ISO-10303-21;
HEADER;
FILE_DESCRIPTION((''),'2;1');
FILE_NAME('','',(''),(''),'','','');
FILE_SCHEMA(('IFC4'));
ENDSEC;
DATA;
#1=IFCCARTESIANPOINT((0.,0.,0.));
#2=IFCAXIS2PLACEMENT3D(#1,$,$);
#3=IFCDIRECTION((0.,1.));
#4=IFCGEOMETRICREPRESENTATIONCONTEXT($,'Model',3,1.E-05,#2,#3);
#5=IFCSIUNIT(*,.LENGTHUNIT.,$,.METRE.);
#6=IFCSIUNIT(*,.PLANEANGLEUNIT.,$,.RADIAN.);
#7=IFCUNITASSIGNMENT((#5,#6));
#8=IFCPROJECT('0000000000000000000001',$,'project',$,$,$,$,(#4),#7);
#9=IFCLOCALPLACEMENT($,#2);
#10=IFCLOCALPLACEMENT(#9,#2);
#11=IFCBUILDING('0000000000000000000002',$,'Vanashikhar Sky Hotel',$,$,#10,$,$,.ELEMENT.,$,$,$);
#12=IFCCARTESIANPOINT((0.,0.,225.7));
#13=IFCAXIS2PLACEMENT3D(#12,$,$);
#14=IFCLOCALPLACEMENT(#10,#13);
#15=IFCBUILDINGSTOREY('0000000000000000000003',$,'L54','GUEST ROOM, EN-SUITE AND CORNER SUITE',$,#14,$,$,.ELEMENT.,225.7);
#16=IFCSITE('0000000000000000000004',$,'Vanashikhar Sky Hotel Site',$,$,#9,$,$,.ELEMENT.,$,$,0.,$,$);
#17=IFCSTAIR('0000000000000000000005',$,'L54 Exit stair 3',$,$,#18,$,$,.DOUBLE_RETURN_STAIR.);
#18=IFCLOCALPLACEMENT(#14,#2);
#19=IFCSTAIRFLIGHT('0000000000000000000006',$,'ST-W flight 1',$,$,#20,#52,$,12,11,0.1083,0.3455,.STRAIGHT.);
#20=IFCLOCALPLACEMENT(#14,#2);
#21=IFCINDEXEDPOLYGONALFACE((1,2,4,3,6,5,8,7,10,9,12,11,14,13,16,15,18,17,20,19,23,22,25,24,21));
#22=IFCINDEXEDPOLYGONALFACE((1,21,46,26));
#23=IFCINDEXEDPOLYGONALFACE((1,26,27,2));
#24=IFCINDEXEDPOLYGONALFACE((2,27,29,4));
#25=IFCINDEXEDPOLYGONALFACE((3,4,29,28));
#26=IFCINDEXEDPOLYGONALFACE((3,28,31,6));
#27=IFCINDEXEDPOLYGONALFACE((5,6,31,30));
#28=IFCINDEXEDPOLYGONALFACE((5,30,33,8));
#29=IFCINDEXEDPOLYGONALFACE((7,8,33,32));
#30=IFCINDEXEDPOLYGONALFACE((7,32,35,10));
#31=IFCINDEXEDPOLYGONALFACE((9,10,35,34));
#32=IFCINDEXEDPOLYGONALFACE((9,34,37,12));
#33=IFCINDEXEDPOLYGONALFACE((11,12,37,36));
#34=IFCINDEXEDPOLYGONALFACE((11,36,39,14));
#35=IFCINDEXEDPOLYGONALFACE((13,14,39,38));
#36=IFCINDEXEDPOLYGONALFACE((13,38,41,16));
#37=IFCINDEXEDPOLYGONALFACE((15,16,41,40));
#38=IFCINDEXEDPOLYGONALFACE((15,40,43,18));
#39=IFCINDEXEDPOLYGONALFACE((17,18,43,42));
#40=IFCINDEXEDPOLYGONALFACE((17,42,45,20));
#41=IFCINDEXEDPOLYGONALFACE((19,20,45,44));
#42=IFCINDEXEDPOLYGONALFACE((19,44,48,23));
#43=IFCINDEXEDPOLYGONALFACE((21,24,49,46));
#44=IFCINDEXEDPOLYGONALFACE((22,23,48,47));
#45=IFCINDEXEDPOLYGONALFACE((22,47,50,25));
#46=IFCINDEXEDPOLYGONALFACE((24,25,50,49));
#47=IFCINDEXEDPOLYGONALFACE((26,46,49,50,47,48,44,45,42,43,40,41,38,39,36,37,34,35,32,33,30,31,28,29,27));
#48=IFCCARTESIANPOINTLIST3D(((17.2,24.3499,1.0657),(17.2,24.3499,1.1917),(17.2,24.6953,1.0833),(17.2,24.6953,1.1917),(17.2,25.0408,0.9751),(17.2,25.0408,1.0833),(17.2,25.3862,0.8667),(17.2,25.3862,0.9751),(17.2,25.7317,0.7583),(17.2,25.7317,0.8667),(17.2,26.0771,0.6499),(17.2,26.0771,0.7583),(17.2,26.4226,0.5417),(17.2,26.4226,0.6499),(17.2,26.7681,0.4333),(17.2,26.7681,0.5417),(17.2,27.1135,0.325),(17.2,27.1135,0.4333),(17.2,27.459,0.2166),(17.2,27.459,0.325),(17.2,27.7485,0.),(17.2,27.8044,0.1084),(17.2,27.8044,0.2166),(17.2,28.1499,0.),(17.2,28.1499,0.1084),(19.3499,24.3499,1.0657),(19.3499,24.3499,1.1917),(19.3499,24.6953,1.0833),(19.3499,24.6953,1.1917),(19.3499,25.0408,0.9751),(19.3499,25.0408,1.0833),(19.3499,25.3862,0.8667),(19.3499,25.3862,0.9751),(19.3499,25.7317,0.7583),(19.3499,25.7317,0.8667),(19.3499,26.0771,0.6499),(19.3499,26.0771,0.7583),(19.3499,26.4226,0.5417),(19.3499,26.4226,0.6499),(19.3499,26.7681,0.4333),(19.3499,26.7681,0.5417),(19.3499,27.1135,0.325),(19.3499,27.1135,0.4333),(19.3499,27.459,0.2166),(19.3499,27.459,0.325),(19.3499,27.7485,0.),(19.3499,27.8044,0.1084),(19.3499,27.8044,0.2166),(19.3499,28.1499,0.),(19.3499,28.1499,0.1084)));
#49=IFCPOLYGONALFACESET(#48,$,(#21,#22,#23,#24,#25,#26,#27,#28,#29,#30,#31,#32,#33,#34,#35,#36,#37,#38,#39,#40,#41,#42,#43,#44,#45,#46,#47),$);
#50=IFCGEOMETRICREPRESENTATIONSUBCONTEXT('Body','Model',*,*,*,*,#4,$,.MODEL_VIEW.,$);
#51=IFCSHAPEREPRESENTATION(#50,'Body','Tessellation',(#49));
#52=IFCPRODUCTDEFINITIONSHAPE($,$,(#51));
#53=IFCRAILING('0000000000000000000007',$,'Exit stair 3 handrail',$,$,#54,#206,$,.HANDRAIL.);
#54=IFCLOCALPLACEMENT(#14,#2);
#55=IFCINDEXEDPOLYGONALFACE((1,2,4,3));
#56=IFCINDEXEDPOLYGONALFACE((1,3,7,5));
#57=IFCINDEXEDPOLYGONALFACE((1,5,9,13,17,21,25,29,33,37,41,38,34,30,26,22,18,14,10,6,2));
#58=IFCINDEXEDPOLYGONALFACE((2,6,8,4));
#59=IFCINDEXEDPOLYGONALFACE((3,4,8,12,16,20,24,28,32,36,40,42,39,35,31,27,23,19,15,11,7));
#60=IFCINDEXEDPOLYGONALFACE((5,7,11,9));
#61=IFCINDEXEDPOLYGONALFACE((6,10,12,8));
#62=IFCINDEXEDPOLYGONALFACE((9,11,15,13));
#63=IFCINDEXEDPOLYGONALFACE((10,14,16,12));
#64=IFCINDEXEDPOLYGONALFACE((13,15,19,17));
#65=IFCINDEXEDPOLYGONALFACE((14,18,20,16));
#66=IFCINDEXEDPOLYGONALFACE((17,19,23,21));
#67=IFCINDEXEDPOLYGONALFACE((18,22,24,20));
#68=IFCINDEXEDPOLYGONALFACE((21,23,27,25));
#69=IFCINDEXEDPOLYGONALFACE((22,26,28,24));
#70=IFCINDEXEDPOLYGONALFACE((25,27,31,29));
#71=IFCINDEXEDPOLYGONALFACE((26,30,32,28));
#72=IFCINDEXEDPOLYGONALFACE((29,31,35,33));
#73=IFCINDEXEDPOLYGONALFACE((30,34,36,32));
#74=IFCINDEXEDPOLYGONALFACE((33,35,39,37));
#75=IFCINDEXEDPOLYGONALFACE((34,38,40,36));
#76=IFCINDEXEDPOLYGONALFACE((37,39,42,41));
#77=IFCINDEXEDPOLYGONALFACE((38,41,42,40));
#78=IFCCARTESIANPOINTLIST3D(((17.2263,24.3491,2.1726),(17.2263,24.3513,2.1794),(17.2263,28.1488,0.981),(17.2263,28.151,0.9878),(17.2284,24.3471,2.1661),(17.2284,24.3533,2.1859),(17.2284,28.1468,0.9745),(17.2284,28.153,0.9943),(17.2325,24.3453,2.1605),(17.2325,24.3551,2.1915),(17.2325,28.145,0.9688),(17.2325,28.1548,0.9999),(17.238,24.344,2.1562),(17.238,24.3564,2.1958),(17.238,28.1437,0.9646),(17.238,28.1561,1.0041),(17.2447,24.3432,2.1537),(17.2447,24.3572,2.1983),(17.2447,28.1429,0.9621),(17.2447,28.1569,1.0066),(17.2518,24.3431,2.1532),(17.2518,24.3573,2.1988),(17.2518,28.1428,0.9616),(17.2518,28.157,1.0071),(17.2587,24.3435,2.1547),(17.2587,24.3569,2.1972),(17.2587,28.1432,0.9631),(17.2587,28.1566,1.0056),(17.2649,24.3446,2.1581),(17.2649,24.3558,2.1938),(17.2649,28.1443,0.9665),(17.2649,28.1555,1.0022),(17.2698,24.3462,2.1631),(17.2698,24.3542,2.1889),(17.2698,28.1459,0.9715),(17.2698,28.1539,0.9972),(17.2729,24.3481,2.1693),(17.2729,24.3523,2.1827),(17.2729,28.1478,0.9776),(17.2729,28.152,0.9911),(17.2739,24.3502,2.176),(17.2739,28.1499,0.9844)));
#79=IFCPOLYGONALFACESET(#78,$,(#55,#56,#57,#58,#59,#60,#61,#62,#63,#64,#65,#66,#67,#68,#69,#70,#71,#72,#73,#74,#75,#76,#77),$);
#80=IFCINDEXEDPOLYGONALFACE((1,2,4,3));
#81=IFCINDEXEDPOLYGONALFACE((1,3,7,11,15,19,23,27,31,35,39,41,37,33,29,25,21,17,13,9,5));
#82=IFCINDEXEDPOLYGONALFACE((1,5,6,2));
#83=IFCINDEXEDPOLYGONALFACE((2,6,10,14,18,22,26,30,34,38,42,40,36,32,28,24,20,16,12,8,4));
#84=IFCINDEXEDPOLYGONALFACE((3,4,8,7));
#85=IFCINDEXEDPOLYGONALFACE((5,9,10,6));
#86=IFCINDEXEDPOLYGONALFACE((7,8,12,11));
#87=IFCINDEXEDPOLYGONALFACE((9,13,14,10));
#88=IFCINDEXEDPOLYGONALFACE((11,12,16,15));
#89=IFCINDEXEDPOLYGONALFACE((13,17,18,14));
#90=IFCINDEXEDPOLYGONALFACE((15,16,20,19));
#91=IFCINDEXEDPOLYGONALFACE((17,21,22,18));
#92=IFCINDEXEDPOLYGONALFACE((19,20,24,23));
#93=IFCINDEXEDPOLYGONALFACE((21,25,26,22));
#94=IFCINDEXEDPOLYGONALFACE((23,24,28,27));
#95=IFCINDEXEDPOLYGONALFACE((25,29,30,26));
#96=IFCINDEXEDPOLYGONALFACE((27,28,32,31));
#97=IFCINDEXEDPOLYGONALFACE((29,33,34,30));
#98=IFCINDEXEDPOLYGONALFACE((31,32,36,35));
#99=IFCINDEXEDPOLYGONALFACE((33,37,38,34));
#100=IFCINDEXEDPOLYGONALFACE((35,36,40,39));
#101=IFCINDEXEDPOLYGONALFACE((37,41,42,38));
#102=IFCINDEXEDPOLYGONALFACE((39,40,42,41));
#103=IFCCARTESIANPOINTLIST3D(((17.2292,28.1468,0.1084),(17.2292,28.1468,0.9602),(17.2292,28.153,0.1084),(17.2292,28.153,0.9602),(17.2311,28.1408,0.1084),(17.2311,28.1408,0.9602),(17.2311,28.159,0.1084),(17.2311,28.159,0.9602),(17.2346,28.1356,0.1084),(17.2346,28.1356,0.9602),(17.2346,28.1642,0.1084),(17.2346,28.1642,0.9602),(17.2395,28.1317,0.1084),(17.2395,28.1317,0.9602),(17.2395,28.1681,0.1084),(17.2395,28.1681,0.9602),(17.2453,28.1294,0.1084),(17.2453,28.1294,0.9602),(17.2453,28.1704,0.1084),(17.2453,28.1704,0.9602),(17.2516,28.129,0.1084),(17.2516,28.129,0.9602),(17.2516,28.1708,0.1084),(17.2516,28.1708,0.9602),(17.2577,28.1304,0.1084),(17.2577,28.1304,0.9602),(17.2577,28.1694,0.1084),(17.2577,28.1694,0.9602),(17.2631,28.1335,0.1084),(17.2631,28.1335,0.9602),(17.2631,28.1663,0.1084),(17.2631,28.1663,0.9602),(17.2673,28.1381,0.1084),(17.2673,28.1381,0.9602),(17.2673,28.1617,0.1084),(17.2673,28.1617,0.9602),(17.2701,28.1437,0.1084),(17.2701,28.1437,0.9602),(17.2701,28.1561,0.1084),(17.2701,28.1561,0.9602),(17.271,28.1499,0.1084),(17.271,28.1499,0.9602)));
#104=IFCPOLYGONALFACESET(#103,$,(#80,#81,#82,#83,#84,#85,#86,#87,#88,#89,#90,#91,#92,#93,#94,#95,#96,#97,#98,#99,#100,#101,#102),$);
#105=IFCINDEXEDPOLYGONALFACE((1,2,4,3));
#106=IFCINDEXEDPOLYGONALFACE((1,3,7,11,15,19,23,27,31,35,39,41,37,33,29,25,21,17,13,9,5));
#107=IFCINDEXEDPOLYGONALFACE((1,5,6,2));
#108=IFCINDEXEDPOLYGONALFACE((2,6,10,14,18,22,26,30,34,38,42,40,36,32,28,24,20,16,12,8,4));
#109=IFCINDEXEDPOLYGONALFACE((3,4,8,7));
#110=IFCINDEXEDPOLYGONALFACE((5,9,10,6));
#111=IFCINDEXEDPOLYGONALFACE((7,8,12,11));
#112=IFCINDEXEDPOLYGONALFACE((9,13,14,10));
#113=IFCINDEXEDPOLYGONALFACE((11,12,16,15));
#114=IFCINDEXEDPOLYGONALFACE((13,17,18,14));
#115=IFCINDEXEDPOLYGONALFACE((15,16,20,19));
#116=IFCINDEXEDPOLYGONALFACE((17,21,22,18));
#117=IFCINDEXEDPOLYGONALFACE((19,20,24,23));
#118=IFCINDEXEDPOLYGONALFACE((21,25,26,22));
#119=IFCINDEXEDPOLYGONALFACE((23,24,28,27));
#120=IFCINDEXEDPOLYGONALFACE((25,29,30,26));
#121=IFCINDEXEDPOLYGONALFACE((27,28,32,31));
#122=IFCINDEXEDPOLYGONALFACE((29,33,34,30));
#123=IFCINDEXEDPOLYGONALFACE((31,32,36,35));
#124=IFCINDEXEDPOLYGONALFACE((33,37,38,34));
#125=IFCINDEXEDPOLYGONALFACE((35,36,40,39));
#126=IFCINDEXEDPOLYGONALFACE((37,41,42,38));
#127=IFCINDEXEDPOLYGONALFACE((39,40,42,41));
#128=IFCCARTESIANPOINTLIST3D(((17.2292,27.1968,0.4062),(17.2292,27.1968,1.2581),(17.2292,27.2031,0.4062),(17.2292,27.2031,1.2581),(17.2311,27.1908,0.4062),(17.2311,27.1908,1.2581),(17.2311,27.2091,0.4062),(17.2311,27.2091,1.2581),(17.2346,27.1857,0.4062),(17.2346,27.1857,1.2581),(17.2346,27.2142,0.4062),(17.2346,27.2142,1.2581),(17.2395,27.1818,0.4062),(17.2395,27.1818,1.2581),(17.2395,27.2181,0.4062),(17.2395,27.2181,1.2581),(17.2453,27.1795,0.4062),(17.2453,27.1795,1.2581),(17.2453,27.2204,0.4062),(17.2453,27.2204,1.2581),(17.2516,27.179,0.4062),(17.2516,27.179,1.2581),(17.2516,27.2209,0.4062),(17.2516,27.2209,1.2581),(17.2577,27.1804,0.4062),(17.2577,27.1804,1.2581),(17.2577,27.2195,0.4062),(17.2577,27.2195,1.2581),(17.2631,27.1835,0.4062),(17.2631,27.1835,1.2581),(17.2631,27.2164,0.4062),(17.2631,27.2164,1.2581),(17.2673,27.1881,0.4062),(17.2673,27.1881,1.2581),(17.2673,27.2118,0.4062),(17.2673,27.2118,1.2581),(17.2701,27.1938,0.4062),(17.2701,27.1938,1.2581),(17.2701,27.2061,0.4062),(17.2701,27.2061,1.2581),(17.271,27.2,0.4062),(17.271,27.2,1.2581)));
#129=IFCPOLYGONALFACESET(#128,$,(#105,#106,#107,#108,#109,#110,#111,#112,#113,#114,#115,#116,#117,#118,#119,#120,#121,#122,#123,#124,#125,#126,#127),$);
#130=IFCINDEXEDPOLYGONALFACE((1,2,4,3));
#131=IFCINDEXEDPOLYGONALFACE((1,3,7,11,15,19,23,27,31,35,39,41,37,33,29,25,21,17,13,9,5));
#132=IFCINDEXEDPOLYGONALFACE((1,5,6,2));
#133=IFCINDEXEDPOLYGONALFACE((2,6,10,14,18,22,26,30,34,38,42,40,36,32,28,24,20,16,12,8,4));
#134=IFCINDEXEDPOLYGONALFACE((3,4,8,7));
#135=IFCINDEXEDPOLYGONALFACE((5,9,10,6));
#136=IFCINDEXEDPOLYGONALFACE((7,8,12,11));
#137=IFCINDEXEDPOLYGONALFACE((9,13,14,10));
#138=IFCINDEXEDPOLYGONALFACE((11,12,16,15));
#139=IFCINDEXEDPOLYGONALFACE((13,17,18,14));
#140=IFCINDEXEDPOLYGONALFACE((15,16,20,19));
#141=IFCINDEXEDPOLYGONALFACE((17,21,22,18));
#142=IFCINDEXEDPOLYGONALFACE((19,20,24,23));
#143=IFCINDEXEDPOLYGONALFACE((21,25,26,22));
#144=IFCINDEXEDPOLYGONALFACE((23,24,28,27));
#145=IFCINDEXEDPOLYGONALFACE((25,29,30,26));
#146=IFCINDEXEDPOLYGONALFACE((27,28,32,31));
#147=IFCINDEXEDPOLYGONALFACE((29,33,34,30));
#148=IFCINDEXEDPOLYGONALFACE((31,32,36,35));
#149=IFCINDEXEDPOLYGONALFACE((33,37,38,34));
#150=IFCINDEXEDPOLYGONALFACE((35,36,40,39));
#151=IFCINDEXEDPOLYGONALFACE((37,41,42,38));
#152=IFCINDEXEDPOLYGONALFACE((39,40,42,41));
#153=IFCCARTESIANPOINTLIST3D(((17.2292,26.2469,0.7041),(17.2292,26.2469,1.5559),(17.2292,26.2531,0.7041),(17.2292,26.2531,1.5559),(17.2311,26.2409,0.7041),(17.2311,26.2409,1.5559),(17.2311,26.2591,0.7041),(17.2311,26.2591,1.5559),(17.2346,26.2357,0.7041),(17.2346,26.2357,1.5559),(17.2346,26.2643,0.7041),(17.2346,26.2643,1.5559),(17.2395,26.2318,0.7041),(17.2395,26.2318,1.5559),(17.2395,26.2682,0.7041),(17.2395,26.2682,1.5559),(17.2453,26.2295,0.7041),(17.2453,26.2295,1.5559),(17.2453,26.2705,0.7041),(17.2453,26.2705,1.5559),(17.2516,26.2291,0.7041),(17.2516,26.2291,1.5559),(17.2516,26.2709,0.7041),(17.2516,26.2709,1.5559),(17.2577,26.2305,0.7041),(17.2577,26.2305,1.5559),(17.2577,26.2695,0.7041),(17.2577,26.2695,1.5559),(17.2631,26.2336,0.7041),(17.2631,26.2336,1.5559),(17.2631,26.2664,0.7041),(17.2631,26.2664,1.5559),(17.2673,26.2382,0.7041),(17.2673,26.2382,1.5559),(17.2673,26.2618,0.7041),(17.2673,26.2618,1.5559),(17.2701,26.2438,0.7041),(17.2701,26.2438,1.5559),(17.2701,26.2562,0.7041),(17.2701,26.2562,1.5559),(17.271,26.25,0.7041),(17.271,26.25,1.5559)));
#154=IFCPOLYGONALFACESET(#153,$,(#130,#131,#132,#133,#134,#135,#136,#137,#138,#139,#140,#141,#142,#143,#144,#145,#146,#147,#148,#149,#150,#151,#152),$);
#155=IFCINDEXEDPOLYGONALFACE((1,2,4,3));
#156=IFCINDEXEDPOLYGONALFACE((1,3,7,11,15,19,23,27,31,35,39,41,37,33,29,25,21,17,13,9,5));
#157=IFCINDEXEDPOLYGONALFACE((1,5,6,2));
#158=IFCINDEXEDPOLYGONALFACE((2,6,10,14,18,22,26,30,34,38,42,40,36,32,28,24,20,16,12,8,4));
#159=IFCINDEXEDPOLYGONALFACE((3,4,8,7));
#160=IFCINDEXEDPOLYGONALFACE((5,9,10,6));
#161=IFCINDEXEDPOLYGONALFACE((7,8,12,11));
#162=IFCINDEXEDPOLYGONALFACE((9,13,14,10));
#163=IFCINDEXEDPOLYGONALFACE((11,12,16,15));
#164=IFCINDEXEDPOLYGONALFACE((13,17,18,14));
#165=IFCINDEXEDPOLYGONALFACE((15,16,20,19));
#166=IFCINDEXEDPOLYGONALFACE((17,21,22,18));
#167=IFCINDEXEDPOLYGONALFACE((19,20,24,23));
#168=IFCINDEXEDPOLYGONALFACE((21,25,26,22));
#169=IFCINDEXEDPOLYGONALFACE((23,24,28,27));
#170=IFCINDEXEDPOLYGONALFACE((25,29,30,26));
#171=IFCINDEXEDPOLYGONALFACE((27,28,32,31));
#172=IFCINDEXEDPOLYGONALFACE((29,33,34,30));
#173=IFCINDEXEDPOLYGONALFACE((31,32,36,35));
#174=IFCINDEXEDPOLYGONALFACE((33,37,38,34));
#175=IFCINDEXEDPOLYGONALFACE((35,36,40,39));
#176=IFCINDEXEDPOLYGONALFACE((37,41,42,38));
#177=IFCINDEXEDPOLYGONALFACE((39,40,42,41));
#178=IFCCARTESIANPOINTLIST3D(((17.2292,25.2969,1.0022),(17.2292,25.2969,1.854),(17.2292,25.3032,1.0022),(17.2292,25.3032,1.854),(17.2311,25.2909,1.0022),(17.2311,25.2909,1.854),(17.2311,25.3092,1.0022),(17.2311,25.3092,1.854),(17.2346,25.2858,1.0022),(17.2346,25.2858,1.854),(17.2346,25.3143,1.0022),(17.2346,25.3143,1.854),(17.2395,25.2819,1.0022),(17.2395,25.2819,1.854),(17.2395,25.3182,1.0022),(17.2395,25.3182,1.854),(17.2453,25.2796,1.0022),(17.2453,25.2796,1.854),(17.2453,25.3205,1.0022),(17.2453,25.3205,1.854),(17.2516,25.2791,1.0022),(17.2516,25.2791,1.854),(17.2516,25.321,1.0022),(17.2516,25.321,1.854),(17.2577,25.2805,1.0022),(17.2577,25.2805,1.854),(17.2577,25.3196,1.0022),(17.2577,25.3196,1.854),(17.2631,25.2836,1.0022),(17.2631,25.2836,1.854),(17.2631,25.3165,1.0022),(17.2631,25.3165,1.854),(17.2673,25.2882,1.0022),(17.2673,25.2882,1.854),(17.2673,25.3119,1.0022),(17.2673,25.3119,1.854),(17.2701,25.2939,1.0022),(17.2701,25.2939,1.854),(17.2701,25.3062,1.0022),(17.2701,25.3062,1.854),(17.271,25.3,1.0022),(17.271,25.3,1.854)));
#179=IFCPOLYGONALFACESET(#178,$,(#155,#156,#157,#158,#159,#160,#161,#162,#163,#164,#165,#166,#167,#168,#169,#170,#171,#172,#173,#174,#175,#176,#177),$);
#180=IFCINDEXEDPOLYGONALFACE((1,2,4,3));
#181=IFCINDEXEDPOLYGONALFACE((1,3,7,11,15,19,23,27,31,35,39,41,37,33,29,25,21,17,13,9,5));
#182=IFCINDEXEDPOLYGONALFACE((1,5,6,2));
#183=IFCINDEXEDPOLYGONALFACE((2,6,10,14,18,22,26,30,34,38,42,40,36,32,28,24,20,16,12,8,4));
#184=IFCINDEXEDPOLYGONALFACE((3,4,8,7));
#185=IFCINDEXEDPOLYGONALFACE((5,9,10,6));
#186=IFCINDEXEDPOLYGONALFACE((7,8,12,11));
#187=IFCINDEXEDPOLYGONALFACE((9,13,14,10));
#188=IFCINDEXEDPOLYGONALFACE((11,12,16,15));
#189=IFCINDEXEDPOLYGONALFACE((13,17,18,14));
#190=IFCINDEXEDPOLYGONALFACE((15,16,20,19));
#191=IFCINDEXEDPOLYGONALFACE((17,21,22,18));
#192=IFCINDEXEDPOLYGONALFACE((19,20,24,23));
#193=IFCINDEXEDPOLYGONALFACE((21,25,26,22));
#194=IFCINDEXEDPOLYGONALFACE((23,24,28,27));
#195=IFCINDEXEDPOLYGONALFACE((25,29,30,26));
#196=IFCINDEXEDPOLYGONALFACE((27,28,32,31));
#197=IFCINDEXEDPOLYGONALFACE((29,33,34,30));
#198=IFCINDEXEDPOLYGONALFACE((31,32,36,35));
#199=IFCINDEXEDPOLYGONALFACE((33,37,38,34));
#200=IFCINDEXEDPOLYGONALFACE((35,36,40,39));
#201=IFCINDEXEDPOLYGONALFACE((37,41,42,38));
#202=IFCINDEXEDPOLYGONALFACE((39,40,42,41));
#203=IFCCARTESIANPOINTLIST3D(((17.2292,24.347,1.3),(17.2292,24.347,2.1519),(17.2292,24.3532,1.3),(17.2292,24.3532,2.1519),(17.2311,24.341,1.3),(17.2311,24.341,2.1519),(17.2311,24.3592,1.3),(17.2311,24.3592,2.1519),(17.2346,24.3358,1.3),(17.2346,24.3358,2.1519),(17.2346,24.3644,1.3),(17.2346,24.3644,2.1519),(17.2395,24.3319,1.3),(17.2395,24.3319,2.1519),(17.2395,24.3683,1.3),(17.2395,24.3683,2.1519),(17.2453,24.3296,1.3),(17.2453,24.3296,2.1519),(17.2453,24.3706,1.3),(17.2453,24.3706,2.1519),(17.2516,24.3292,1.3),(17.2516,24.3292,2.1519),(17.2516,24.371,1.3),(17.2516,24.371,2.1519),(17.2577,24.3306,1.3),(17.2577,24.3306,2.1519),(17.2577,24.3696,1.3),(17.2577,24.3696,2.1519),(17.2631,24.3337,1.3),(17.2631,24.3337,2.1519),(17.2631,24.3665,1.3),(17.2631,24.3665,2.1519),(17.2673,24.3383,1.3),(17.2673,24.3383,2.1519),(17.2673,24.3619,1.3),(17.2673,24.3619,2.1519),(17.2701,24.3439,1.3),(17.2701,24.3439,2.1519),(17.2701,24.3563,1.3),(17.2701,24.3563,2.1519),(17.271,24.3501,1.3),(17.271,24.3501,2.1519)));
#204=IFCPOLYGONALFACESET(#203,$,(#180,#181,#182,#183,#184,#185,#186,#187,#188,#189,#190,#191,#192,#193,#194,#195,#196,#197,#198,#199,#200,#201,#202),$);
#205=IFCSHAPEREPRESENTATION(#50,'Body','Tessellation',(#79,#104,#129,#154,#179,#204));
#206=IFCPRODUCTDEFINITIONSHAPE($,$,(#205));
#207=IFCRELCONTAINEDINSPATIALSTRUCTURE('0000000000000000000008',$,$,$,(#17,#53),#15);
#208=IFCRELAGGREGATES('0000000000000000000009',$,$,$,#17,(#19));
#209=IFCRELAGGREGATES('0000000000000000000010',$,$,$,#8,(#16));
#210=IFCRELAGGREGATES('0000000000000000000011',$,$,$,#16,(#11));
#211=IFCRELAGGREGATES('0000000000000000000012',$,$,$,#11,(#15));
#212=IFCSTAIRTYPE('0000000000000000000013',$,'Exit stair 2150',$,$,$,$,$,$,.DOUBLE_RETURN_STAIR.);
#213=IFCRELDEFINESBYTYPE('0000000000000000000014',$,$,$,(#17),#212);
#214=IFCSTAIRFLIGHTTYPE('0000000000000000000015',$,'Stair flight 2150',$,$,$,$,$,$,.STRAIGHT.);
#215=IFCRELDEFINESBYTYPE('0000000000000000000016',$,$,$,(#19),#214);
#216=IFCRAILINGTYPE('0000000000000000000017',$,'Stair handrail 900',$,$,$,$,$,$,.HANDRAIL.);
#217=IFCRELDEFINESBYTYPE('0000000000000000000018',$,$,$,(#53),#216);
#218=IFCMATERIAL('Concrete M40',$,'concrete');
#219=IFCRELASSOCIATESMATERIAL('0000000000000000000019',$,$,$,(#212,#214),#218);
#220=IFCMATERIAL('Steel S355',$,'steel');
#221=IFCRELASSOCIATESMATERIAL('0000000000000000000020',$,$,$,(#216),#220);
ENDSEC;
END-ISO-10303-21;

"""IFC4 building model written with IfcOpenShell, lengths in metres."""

from ifc_helpers import new_model, si_unit, direction, frame, origin, origin_2d, place, context, subcontext, project, spatial, polyline, circle, outline, extrude, source, transform, mapped, material, type_object, element, aggregate, save


model = new_model("IFC4")

# Units and contexts
model_context = context("Model", 3, precision=1e-05, world=origin(), true_north=direction((0.0, 1.0)))
body_context = subcontext(model_context, "Body", "Model", "MODEL_VIEW")
ifc_project = project(units=[si_unit("LENGTHUNIT", "METRE"), si_unit("PLANEANGLEUNIT", "RADIAN")], contexts=[model_context])

# Site, building, storey
site_placement = place(None, origin())
site = spatial("IfcSite", under=ifc_project, at=site_placement, Name="Vanashikhar Sky Hotel Site", CompositionType="ELEMENT", RefElevation=0.0)
building_placement = place(site_placement, origin())
building = spatial("IfcBuilding", under=site, at=building_placement, Name="Vanashikhar Sky Hotel", CompositionType="ELEMENT")
storey_placement = place(building_placement, frame((0.0, 0.0, 225.7)))
storey = spatial("IfcBuildingStorey", under=building, at=storey_placement, Name="L54", Description="GUEST ROOM, EN-SUITE AND CORNER SUITE", CompositionType="ELEMENT", Elevation=225.7)

# Stair, stair flight
ifc_material_1 = material(Name="Concrete M40", Category="concrete")
stair_type = type_object("IfcStairType", Name="Exit stair 2150", PredefinedType="DOUBLE_RETURN_STAIR", material=ifc_material_1)
stair_placement = place(storey_placement, origin())
stair = element("IfcStair", 1, at=stair_placement, inside=storey, type_object=stair_type, Name="L54 Exit stair 3", PredefinedType="DOUBLE_RETURN_STAIR")
stair_flight_type = type_object("IfcStairFlightType", Name="Stair flight 2150", PredefinedType="STRAIGHT", material=ifc_material_1)
shared_shape_1 = source(origin(), body_context, "Body", "SweptSolid", [
    extrude(outline(polyline([(0.0, 0.0), (0.0, 0.1084), (0.3455, 0.1084), (0.3455, 0.2166), (0.6909, 0.2166), (0.6909, 0.325), (1.0364, 0.325), (1.0364, 0.4333), (1.3818, 0.4333), (1.3818, 0.5417), (1.7273, 0.5417), (1.7273, 0.6499), (2.0728, 0.6499), (2.0728, 0.7583), (2.4182, 0.7583), (2.4182, 0.8667), (2.7637, 0.8667), (2.7637, 0.9751), (3.1091, 0.9751), (3.1091, 1.0833), (3.4546, 1.0833), (3.4546, 1.1917), (3.8, 1.1917), (3.8, 1.3), (3.8, 1.0657), (0.4014, 0.0), (0.0, 0.0)])), frame((0.0, 1.075, 0.0), z_axis=(0.0, -1.0, 0.0), x_axis=(1.0, 0.0, 0.0)), (0.0, 0.0, 1.0), 2.1499),
])
stair_flight_placement = place(storey_placement, frame((18.2749, 28.1499, 0.0), z_axis=(0.0, 0.0, 1.0), x_axis=(0.0, -1.0, 0.0)))
stair_flight = element("IfcStairFlight", 2, at=stair_flight_placement, type_object=stair_flight_type, Name="ST-W flight 1", NumberOfRisers=12, NumberOfTreads=11, PredefinedType="STRAIGHT", RiserHeight=0.1083, TreadLength=0.3455, context=body_context, shape_type="MappedRepresentation", body=[
    mapped(shared_shape_1, transform((0.0, 0.0, 0.0), scale=1.0)),
])
aggregate(stair, [stair_flight])

# Railing
ifc_material_2 = material(Name="Steel S355", Category="steel")
railing_type = type_object("IfcRailingType", Name="Stair handrail 900", PredefinedType="HANDRAIL", material=ifc_material_2)
shared_shape_2 = source(origin(), body_context, "Body", "SweptSolid", [
    extrude(circle(Radius=0.0239, at=origin_2d()), frame((0.0, 0.0, 0.876), z_axis=(0.0, -0.954178, 0.299238), x_axis=(1.0, 0.0, 0.0)), (0.0, 0.0, 1.0), 3.9822),
    extrude(circle(Radius=0.021, at=origin_2d()), origin(), (0.0, 0.0, 1.0), 0.8518),
    extrude(circle(Radius=0.021, at=origin_2d()), frame((0.0, -0.95, 0.2979)), (0.0, 0.0, 1.0), 0.8518),
    extrude(circle(Radius=0.021, at=origin_2d()), frame((0.0, -1.8999, 0.5957)), (0.0, 0.0, 1.0), 0.8518),
    extrude(circle(Radius=0.021, at=origin_2d()), frame((0.0, -2.8499, 0.8938)), (0.0, 0.0, 1.0), 0.8518),
    extrude(circle(Radius=0.021, at=origin_2d()), frame((0.0, -3.7998, 1.1917)), (0.0, 0.0, 1.0), 0.8518),
])
for number, where, name in (
    (3, (17.25, 28.1499, 0.1084), "Exit stair 3 handrail"),
):
    element("IfcRailing", number, at=place(storey_placement, frame(where)), inside=storey, type_object=railing_type, Name=name, PredefinedType="HANDRAIL", context=body_context, shape_type="MappedRepresentation", body=[
        mapped(shared_shape_2, transform((0.0, 0.0, 0.0), scale=1.0)),
    ])

save(model, "model.ifc")
